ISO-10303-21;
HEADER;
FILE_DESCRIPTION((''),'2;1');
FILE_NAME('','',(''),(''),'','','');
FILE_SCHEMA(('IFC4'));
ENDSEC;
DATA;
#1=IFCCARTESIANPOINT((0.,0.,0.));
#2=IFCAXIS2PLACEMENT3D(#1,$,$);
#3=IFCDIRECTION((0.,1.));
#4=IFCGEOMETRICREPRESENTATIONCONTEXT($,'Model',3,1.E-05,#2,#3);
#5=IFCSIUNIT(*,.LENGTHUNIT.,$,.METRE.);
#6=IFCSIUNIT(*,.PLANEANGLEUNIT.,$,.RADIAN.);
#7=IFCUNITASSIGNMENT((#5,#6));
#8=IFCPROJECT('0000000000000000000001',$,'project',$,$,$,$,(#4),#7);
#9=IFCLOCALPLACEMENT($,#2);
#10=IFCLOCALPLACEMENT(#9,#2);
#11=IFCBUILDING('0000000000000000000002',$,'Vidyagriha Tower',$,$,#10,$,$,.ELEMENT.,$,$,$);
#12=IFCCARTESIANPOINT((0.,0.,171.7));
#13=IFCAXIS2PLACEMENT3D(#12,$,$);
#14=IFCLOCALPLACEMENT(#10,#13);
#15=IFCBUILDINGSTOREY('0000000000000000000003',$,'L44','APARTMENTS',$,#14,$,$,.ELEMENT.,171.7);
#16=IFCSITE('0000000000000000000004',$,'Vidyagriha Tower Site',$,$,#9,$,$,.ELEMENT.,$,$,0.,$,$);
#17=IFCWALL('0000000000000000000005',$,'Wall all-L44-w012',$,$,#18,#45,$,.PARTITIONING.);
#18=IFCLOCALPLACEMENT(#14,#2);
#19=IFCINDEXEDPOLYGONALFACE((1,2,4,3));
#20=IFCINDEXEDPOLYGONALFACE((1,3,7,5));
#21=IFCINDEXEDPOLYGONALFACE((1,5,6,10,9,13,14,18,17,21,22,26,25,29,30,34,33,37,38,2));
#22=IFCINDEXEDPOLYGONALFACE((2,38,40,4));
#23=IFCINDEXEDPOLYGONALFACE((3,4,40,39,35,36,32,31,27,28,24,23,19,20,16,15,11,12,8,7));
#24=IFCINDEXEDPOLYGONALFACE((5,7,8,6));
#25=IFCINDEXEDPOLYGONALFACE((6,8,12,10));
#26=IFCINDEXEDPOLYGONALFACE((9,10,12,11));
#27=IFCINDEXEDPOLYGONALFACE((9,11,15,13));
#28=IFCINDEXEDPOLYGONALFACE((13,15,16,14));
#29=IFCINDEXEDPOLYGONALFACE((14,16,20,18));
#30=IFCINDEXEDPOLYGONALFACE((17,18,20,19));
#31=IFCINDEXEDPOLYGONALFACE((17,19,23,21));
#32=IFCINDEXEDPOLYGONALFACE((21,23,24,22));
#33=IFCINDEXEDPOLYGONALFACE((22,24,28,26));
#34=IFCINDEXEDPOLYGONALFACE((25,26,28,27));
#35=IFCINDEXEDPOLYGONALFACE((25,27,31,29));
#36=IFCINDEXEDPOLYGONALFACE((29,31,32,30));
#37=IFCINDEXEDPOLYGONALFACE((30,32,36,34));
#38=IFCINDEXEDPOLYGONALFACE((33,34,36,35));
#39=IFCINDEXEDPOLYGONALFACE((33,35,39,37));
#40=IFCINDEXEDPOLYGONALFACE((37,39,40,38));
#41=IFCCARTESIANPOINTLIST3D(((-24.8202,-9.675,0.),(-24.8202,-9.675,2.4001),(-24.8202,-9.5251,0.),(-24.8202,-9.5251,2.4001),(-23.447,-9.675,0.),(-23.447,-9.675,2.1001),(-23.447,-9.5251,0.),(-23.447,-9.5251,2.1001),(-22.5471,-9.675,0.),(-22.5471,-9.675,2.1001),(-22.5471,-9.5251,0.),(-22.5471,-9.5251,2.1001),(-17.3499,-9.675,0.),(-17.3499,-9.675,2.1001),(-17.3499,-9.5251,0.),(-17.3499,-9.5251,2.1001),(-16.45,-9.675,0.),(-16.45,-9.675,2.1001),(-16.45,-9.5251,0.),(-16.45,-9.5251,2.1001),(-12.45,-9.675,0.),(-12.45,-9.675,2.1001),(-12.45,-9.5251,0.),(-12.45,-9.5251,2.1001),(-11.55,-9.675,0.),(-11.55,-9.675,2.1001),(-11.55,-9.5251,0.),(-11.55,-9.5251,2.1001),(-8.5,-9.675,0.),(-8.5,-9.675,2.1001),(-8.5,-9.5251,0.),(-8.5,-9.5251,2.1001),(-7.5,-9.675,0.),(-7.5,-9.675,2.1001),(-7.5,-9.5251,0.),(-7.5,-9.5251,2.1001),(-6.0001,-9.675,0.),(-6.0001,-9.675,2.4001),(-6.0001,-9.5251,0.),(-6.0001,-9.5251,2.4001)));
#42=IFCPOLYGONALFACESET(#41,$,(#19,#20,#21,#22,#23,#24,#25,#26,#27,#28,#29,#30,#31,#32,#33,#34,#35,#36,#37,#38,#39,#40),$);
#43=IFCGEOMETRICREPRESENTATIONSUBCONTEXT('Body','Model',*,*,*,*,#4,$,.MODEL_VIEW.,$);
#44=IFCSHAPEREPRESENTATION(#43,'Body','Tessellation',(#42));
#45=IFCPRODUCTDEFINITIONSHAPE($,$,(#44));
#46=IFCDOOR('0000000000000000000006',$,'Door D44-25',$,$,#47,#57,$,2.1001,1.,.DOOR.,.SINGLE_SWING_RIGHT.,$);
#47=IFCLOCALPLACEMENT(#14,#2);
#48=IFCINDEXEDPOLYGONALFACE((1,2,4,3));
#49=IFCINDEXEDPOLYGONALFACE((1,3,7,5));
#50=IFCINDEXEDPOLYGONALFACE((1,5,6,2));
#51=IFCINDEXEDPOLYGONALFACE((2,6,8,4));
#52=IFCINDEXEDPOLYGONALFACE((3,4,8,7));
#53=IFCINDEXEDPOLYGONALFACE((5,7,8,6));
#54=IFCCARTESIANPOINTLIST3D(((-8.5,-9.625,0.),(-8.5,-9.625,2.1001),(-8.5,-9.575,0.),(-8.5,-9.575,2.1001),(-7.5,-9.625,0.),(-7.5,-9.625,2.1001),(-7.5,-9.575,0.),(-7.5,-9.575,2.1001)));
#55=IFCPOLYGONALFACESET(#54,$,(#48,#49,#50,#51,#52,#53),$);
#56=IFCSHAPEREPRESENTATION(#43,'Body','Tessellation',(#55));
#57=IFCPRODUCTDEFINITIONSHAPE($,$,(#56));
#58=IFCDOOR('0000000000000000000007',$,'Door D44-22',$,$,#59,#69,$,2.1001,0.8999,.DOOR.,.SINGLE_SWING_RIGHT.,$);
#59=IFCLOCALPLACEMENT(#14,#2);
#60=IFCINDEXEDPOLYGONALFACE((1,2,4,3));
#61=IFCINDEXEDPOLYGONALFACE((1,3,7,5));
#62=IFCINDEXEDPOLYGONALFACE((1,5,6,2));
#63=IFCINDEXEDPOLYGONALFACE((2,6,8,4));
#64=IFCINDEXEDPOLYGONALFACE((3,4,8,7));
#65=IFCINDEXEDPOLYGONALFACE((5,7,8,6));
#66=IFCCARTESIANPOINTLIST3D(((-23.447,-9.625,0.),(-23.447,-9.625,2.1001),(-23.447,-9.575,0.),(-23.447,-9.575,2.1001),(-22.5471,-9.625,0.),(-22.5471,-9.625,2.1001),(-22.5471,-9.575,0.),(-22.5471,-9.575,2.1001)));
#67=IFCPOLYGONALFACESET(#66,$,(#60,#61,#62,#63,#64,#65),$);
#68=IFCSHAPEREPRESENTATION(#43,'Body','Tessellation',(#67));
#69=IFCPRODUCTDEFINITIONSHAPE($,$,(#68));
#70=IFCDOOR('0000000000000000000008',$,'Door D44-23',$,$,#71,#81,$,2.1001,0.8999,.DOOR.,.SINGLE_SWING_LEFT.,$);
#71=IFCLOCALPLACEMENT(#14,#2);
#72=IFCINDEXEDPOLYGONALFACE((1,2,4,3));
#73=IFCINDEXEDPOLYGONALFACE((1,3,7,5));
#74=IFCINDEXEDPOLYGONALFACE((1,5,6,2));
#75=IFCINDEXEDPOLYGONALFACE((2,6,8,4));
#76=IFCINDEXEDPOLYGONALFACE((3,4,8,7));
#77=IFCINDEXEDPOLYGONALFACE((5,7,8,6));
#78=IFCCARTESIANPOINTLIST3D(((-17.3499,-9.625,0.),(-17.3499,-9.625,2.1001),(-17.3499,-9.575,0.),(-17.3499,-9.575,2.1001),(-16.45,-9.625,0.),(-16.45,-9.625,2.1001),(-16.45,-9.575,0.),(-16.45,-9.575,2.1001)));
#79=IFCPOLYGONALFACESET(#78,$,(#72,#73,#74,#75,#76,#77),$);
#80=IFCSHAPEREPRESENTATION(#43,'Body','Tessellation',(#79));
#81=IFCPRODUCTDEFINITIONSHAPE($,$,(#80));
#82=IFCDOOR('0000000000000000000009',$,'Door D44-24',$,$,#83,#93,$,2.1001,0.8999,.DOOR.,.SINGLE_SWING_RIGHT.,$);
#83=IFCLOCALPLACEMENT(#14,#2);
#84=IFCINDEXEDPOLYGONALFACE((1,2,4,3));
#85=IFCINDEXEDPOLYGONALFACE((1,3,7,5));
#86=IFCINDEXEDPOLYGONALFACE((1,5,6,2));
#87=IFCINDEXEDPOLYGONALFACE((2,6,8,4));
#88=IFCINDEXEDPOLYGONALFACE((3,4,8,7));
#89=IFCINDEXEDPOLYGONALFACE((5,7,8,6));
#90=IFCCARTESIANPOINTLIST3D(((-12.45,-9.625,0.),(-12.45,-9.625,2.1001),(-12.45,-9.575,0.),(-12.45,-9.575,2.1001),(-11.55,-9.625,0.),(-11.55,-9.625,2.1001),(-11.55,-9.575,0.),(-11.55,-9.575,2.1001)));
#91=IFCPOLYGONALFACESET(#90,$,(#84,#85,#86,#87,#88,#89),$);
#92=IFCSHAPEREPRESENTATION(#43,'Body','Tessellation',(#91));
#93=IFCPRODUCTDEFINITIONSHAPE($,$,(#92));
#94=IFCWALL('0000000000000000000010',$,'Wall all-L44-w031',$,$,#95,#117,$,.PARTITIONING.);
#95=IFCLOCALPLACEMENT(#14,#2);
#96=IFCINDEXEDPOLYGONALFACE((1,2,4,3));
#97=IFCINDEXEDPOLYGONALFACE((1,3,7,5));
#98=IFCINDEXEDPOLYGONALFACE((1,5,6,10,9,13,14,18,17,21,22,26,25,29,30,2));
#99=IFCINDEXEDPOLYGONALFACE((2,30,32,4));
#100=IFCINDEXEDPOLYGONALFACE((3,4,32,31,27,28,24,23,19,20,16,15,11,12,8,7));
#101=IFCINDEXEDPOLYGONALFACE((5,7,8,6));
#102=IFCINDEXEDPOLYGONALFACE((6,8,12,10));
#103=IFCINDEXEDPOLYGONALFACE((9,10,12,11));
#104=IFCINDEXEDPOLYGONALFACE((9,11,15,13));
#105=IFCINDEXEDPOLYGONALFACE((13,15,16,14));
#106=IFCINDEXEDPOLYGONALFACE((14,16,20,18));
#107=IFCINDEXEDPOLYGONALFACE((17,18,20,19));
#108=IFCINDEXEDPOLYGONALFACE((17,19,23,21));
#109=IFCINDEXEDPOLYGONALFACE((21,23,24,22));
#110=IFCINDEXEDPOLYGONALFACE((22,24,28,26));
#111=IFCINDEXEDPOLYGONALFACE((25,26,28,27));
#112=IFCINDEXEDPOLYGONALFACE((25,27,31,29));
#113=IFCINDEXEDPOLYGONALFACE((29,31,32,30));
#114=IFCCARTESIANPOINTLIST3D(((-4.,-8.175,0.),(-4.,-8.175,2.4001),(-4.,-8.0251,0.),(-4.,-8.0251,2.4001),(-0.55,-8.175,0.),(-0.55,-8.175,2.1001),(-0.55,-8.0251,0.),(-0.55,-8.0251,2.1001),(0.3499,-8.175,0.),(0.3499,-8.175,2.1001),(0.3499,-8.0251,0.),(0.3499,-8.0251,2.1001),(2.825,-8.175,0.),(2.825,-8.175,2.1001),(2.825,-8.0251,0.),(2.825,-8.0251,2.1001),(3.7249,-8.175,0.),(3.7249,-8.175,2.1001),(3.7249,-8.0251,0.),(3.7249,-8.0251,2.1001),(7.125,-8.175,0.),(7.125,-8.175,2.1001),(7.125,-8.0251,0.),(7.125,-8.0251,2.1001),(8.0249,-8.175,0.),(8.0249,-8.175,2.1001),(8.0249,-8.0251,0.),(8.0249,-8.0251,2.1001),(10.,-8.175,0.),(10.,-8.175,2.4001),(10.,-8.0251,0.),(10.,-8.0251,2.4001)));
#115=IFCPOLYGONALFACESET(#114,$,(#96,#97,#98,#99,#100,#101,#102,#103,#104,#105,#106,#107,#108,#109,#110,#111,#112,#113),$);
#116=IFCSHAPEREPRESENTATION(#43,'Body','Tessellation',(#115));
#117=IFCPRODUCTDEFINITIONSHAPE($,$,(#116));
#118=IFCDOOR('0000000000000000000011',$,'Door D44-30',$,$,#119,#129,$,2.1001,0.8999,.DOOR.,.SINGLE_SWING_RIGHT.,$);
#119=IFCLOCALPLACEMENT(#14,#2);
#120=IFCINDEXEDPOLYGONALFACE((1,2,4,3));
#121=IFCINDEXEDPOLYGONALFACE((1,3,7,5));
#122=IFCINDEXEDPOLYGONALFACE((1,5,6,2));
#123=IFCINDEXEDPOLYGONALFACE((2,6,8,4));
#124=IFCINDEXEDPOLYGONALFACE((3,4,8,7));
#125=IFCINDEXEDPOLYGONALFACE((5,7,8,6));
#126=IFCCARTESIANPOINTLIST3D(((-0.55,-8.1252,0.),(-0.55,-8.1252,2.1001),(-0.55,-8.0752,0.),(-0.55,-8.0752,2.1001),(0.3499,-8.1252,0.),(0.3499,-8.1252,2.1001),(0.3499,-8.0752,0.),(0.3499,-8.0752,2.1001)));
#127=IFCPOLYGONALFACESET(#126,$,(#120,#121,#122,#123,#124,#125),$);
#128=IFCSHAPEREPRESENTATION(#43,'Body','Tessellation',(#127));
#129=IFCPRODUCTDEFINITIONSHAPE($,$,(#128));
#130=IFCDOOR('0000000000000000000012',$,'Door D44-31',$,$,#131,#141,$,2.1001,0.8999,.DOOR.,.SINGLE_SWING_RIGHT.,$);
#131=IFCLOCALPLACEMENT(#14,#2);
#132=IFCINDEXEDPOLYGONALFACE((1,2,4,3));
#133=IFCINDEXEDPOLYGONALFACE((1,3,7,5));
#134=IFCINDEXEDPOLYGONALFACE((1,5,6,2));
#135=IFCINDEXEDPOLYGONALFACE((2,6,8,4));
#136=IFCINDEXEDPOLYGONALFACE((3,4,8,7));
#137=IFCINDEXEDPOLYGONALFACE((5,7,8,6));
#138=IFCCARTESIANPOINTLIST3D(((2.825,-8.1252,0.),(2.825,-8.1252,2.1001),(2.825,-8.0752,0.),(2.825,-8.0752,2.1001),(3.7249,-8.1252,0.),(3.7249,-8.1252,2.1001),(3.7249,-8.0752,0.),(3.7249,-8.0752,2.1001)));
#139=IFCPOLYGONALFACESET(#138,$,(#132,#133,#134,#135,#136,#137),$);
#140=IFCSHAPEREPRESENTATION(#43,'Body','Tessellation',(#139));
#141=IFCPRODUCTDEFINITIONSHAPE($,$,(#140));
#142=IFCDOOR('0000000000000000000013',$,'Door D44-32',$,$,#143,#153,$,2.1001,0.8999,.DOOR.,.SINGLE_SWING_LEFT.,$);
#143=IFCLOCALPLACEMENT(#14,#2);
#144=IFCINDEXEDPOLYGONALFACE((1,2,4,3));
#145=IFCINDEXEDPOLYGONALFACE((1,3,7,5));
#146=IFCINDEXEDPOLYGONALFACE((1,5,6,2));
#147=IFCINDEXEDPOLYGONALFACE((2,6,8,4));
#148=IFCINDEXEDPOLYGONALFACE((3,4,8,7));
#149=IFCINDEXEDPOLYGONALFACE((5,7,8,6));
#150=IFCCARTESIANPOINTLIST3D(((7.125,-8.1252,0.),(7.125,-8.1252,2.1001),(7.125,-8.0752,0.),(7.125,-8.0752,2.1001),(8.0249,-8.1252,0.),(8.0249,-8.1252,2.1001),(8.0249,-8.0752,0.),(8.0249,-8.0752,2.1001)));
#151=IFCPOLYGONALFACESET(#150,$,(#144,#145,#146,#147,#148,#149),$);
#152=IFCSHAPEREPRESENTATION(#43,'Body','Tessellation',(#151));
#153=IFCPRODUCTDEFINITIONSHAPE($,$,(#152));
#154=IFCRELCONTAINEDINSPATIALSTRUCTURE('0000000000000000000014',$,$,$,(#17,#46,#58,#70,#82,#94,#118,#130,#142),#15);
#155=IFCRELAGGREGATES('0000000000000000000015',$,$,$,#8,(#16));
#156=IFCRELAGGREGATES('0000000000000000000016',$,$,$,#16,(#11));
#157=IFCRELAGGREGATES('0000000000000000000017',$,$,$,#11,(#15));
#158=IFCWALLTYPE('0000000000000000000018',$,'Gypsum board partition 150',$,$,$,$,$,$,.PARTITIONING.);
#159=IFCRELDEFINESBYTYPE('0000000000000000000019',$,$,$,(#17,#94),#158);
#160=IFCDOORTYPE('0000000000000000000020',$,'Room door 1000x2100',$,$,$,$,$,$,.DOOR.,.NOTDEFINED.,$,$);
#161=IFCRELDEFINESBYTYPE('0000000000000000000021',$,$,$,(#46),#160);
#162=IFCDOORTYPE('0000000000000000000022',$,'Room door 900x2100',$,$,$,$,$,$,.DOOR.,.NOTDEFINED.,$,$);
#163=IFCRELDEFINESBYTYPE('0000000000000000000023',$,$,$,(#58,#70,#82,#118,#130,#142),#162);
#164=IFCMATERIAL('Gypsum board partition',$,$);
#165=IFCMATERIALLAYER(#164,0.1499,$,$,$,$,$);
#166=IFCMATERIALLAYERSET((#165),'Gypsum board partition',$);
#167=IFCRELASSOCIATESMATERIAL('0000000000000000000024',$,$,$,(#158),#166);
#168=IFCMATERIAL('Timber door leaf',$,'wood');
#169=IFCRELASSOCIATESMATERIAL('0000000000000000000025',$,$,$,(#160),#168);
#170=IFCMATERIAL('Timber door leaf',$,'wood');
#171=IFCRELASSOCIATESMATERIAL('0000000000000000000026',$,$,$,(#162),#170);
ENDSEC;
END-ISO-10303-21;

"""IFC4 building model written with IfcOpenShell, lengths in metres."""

from ifc_helpers import new_model, si_unit, direction, frame, frame_2d, origin, place, context, subcontext, project, spatial, rectangle, extrude, material, layer, layer_set, type_object, element, fill, save


model = new_model("IFC4")

# Units and contexts
model_context = context("Model", 3, precision=1e-05, world=origin(), true_north=direction((0.0, 1.0)))
body_context = subcontext(model_context, "Body", "Model", "MODEL_VIEW")
ifc_project = project(units=[si_unit("LENGTHUNIT", "METRE"), si_unit("PLANEANGLEUNIT", "RADIAN")], contexts=[model_context])

# Site, building, storey
site_placement = place(None, origin())
site = spatial("IfcSite", under=ifc_project, at=site_placement, Name="Vidyagriha Tower Site", CompositionType="ELEMENT", RefElevation=0.0)
building_placement = place(site_placement, origin())
building = spatial("IfcBuilding", under=site, at=building_placement, Name="Vidyagriha Tower", CompositionType="ELEMENT")
storey_placement = place(building_placement, frame((0.0, 0.0, 171.7)))
storey = spatial("IfcBuildingStorey", under=building, at=storey_placement, Name="L44", Description="APARTMENTS", CompositionType="ELEMENT", Elevation=171.7)

# Shared definitions
ifc_material_1 = material(Name="Gypsum board partition")
ifc_layer_1 = layer(ifc_material_1, 0.1499)
ifc_layer_set_1 = layer_set([ifc_layer_1], Name="Gypsum board partition")
wall_type_1 = type_object("IfcWallType", Name="Gypsum board partition 150", PredefinedType="PARTITIONING", material=ifc_layer_set_1)

# Walls, openings, doors
wall_1_placement = place(storey_placement, frame((-6.0, -9.6001, 0.0), z_axis=(0.0, 0.0, 1.0), x_axis=(-1.0, 0.0, 0.0)))
wall_1 = element("IfcWall", 1, at=wall_1_placement, inside=storey, type_object=wall_type_1, Name="Wall all-L44-w012", PredefinedType="PARTITIONING", context=body_context, shape_type="SweptSolid", body=[
    extrude(rectangle(XDim=18.8201, YDim=0.1499, at=frame_2d((9.4102, 0.0))), origin(), (0.0, 0.0, 1.0), 2.4001),
])
opening_1_placement = place(wall_1_placement, frame((16.5471, 0.0, 0.0)))
opening_1 = element("IfcOpeningElement", 2, at=opening_1_placement, cuts=wall_1, PredefinedType="OPENING", context=body_context, shape_type="SweptSolid", body=[
    extrude(rectangle(XDim=0.8999, YDim=2.1001, at=frame_2d((0.45, 1.05))), frame((0.0, 0.085, 0.0), z_axis=(0.0, -1.0, 0.0), x_axis=(1.0, 0.0, 0.0)), (0.0, 0.0, 1.0), 0.1699),
])
opening_2_placement = place(wall_1_placement, frame((10.45, 0.0, 0.0)))
opening_2 = element("IfcOpeningElement", 3, at=opening_2_placement, cuts=wall_1, PredefinedType="OPENING", context=body_context, shape_type="SweptSolid", body=[
    extrude(rectangle(XDim=0.8999, YDim=2.1001, at=frame_2d((0.45, 1.05))), frame((0.0, 0.085, 0.0), z_axis=(0.0, -1.0, 0.0), x_axis=(1.0, 0.0, 0.0)), (0.0, 0.0, 1.0), 0.1699),
])
opening_3_placement = place(wall_1_placement, frame((5.55, 0.0, 0.0)))
opening_3 = element("IfcOpeningElement", 4, at=opening_3_placement, cuts=wall_1, PredefinedType="OPENING", context=body_context, shape_type="SweptSolid", body=[
    extrude(rectangle(XDim=0.8999, YDim=2.1001, at=frame_2d((0.45, 1.05))), frame((0.0, 0.085, 0.0), z_axis=(0.0, -1.0, 0.0), x_axis=(1.0, 0.0, 0.0)), (0.0, 0.0, 1.0), 0.1699),
])
opening_4_placement = place(wall_1_placement, frame((1.5, 0.0, 0.0)))
opening_4 = element("IfcOpeningElement", 5, at=opening_4_placement, cuts=wall_1, PredefinedType="OPENING", context=body_context, shape_type="SweptSolid", body=[
    extrude(rectangle(XDim=1.0, YDim=2.1001, at=frame_2d((0.5, 1.05))), frame((0.0, 0.085, 0.0), z_axis=(0.0, -1.0, 0.0), x_axis=(1.0, 0.0, 0.0)), (0.0, 0.0, 1.0), 0.1699),
])
ifc_material_2 = material(Name="Timber door leaf", Category="wood")
door_type_1 = type_object("IfcDoorType", Name="Room door 1000x2100", OperationType="NOTDEFINED", PredefinedType="DOOR", material=ifc_material_2)
door_1_placement = place(opening_4_placement, origin())
door_1 = element("IfcDoor", 6, at=door_1_placement, inside=storey, type_object=door_type_1, Name="Door D44-25", OperationType="SINGLE_SWING_RIGHT", OverallHeight=2.1001, OverallWidth=1.0, PredefinedType="DOOR", context=body_context, shape_type="SweptSolid", body=[
    extrude(rectangle(XDim=1.0, YDim=2.1001, at=frame_2d((0.5, 1.05))), frame((0.0, 0.0249, 0.0), z_axis=(0.0, -1.0, 0.0), x_axis=(1.0, 0.0, 0.0)), (0.0, 0.0, 1.0), 0.05),
])
fill(opening_4, door_1)
ifc_material_3 = material(Name="Timber door leaf", Category="wood")
door_type_2 = type_object("IfcDoorType", Name="Room door 900x2100", OperationType="NOTDEFINED", PredefinedType="DOOR", material=ifc_material_3)
door_2_placement = place(opening_1_placement, origin())
door_2 = element("IfcDoor", 7, at=door_2_placement, inside=storey, type_object=door_type_2, Name="Door D44-22", OperationType="SINGLE_SWING_RIGHT", OverallHeight=2.1001, OverallWidth=0.8999, PredefinedType="DOOR", context=body_context, shape_type="SweptSolid", body=[
    extrude(rectangle(XDim=0.8999, YDim=2.1001, at=frame_2d((0.45, 1.05))), frame((0.0, 0.0249, 0.0), z_axis=(0.0, -1.0, 0.0), x_axis=(1.0, 0.0, 0.0)), (0.0, 0.0, 1.0), 0.05),
])
fill(opening_1, door_2)
door_3_placement = place(opening_2_placement, origin())
door_3 = element("IfcDoor", 8, at=door_3_placement, inside=storey, type_object=door_type_2, Name="Door D44-23", OperationType="SINGLE_SWING_LEFT", OverallHeight=2.1001, OverallWidth=0.8999, PredefinedType="DOOR", context=body_context, shape_type="SweptSolid", body=[
    extrude(rectangle(XDim=0.8999, YDim=2.1001, at=frame_2d((0.45, 1.05))), frame((0.0, 0.0249, 0.0), z_axis=(0.0, -1.0, 0.0), x_axis=(1.0, 0.0, 0.0)), (0.0, 0.0, 1.0), 0.05),
])
fill(opening_2, door_3)
door_4_placement = place(opening_3_placement, origin())
door_4 = element("IfcDoor", 9, at=door_4_placement, inside=storey, type_object=door_type_2, Name="Door D44-24", OperationType="SINGLE_SWING_RIGHT", OverallHeight=2.1001, OverallWidth=0.8999, PredefinedType="DOOR", context=body_context, shape_type="SweptSolid", body=[
    extrude(rectangle(XDim=0.8999, YDim=2.1001, at=frame_2d((0.45, 1.05))), frame((0.0, 0.0249, 0.0), z_axis=(0.0, -1.0, 0.0), x_axis=(1.0, 0.0, 0.0)), (0.0, 0.0, 1.0), 0.05),
])
fill(opening_3, door_4)
wall_2_placement = place(storey_placement, frame((-4.0, -8.1001, 0.0)))
wall_2 = element("IfcWall", 10, at=wall_2_placement, inside=storey, type_object=wall_type_1, Name="Wall all-L44-w031", PredefinedType="PARTITIONING", context=body_context, shape_type="SweptSolid", body=[
    extrude(rectangle(XDim=14.0, YDim=0.1499, at=frame_2d((7.0, 0.0))), origin(), (0.0, 0.0, 1.0), 2.4001),
])
opening_5_placement = place(wall_2_placement, frame((3.45, 0.0, 0.0)))
opening_5 = element("IfcOpeningElement", 11, at=opening_5_placement, cuts=wall_2, PredefinedType="OPENING", context=body_context, shape_type="SweptSolid", body=[
    extrude(rectangle(XDim=0.8999, YDim=2.1001, at=frame_2d((0.45, 1.05))), frame((0.0, 0.085, 0.0), z_axis=(0.0, -1.0, 0.0), x_axis=(1.0, 0.0, 0.0)), (0.0, 0.0, 1.0), 0.1699),
])
opening_6_placement = place(wall_2_placement, frame((6.825, 0.0, 0.0)))
opening_6 = element("IfcOpeningElement", 12, at=opening_6_placement, cuts=wall_2, PredefinedType="OPENING", context=body_context, shape_type="SweptSolid", body=[
    extrude(rectangle(XDim=0.8999, YDim=2.1001, at=frame_2d((0.45, 1.05))), frame((0.0, 0.085, 0.0), z_axis=(0.0, -1.0, 0.0), x_axis=(1.0, 0.0, 0.0)), (0.0, 0.0, 1.0), 0.1699),
])
opening_7_placement = place(wall_2_placement, frame((11.125, 0.0, 0.0)))
opening_7 = element("IfcOpeningElement", 13, at=opening_7_placement, cuts=wall_2, PredefinedType="OPENING", context=body_context, shape_type="SweptSolid", body=[
    extrude(rectangle(XDim=0.8999, YDim=2.1001, at=frame_2d((0.45, 1.05))), frame((0.0, 0.085, 0.0), z_axis=(0.0, -1.0, 0.0), x_axis=(1.0, 0.0, 0.0)), (0.0, 0.0, 1.0), 0.1699),
])
door_5_placement = place(opening_5_placement, origin())
door_5 = element("IfcDoor", 14, at=door_5_placement, inside=storey, type_object=door_type_2, Name="Door D44-30", OperationType="SINGLE_SWING_RIGHT", OverallHeight=2.1001, OverallWidth=0.8999, PredefinedType="DOOR", context=body_context, shape_type="SweptSolid", body=[
    extrude(rectangle(XDim=0.8999, YDim=2.1001, at=frame_2d((0.45, 1.05))), frame((0.0, 0.0249, 0.0), z_axis=(0.0, -1.0, 0.0), x_axis=(1.0, 0.0, 0.0)), (0.0, 0.0, 1.0), 0.05),
])
fill(opening_5, door_5)
door_6_placement = place(opening_6_placement, origin())
door_6 = element("IfcDoor", 15, at=door_6_placement, inside=storey, type_object=door_type_2, Name="Door D44-31", OperationType="SINGLE_SWING_RIGHT", OverallHeight=2.1001, OverallWidth=0.8999, PredefinedType="DOOR", context=body_context, shape_type="SweptSolid", body=[
    extrude(rectangle(XDim=0.8999, YDim=2.1001, at=frame_2d((0.45, 1.05))), frame((0.0, 0.0249, 0.0), z_axis=(0.0, -1.0, 0.0), x_axis=(1.0, 0.0, 0.0)), (0.0, 0.0, 1.0), 0.05),
])
fill(opening_6, door_6)
door_7_placement = place(opening_7_placement, origin())
door_7 = element("IfcDoor", 16, at=door_7_placement, inside=storey, type_object=door_type_2, Name="Door D44-32", OperationType="SINGLE_SWING_LEFT", OverallHeight=2.1001, OverallWidth=0.8999, PredefinedType="DOOR", context=body_context, shape_type="SweptSolid", body=[
    extrude(rectangle(XDim=0.8999, YDim=2.1001, at=frame_2d((0.45, 1.05))), frame((0.0, 0.0249, 0.0), z_axis=(0.0, -1.0, 0.0), x_axis=(1.0, 0.0, 0.0)), (0.0, 0.0, 1.0), 0.05),
])
fill(opening_7, door_7)

save(model, "model.ifc")
